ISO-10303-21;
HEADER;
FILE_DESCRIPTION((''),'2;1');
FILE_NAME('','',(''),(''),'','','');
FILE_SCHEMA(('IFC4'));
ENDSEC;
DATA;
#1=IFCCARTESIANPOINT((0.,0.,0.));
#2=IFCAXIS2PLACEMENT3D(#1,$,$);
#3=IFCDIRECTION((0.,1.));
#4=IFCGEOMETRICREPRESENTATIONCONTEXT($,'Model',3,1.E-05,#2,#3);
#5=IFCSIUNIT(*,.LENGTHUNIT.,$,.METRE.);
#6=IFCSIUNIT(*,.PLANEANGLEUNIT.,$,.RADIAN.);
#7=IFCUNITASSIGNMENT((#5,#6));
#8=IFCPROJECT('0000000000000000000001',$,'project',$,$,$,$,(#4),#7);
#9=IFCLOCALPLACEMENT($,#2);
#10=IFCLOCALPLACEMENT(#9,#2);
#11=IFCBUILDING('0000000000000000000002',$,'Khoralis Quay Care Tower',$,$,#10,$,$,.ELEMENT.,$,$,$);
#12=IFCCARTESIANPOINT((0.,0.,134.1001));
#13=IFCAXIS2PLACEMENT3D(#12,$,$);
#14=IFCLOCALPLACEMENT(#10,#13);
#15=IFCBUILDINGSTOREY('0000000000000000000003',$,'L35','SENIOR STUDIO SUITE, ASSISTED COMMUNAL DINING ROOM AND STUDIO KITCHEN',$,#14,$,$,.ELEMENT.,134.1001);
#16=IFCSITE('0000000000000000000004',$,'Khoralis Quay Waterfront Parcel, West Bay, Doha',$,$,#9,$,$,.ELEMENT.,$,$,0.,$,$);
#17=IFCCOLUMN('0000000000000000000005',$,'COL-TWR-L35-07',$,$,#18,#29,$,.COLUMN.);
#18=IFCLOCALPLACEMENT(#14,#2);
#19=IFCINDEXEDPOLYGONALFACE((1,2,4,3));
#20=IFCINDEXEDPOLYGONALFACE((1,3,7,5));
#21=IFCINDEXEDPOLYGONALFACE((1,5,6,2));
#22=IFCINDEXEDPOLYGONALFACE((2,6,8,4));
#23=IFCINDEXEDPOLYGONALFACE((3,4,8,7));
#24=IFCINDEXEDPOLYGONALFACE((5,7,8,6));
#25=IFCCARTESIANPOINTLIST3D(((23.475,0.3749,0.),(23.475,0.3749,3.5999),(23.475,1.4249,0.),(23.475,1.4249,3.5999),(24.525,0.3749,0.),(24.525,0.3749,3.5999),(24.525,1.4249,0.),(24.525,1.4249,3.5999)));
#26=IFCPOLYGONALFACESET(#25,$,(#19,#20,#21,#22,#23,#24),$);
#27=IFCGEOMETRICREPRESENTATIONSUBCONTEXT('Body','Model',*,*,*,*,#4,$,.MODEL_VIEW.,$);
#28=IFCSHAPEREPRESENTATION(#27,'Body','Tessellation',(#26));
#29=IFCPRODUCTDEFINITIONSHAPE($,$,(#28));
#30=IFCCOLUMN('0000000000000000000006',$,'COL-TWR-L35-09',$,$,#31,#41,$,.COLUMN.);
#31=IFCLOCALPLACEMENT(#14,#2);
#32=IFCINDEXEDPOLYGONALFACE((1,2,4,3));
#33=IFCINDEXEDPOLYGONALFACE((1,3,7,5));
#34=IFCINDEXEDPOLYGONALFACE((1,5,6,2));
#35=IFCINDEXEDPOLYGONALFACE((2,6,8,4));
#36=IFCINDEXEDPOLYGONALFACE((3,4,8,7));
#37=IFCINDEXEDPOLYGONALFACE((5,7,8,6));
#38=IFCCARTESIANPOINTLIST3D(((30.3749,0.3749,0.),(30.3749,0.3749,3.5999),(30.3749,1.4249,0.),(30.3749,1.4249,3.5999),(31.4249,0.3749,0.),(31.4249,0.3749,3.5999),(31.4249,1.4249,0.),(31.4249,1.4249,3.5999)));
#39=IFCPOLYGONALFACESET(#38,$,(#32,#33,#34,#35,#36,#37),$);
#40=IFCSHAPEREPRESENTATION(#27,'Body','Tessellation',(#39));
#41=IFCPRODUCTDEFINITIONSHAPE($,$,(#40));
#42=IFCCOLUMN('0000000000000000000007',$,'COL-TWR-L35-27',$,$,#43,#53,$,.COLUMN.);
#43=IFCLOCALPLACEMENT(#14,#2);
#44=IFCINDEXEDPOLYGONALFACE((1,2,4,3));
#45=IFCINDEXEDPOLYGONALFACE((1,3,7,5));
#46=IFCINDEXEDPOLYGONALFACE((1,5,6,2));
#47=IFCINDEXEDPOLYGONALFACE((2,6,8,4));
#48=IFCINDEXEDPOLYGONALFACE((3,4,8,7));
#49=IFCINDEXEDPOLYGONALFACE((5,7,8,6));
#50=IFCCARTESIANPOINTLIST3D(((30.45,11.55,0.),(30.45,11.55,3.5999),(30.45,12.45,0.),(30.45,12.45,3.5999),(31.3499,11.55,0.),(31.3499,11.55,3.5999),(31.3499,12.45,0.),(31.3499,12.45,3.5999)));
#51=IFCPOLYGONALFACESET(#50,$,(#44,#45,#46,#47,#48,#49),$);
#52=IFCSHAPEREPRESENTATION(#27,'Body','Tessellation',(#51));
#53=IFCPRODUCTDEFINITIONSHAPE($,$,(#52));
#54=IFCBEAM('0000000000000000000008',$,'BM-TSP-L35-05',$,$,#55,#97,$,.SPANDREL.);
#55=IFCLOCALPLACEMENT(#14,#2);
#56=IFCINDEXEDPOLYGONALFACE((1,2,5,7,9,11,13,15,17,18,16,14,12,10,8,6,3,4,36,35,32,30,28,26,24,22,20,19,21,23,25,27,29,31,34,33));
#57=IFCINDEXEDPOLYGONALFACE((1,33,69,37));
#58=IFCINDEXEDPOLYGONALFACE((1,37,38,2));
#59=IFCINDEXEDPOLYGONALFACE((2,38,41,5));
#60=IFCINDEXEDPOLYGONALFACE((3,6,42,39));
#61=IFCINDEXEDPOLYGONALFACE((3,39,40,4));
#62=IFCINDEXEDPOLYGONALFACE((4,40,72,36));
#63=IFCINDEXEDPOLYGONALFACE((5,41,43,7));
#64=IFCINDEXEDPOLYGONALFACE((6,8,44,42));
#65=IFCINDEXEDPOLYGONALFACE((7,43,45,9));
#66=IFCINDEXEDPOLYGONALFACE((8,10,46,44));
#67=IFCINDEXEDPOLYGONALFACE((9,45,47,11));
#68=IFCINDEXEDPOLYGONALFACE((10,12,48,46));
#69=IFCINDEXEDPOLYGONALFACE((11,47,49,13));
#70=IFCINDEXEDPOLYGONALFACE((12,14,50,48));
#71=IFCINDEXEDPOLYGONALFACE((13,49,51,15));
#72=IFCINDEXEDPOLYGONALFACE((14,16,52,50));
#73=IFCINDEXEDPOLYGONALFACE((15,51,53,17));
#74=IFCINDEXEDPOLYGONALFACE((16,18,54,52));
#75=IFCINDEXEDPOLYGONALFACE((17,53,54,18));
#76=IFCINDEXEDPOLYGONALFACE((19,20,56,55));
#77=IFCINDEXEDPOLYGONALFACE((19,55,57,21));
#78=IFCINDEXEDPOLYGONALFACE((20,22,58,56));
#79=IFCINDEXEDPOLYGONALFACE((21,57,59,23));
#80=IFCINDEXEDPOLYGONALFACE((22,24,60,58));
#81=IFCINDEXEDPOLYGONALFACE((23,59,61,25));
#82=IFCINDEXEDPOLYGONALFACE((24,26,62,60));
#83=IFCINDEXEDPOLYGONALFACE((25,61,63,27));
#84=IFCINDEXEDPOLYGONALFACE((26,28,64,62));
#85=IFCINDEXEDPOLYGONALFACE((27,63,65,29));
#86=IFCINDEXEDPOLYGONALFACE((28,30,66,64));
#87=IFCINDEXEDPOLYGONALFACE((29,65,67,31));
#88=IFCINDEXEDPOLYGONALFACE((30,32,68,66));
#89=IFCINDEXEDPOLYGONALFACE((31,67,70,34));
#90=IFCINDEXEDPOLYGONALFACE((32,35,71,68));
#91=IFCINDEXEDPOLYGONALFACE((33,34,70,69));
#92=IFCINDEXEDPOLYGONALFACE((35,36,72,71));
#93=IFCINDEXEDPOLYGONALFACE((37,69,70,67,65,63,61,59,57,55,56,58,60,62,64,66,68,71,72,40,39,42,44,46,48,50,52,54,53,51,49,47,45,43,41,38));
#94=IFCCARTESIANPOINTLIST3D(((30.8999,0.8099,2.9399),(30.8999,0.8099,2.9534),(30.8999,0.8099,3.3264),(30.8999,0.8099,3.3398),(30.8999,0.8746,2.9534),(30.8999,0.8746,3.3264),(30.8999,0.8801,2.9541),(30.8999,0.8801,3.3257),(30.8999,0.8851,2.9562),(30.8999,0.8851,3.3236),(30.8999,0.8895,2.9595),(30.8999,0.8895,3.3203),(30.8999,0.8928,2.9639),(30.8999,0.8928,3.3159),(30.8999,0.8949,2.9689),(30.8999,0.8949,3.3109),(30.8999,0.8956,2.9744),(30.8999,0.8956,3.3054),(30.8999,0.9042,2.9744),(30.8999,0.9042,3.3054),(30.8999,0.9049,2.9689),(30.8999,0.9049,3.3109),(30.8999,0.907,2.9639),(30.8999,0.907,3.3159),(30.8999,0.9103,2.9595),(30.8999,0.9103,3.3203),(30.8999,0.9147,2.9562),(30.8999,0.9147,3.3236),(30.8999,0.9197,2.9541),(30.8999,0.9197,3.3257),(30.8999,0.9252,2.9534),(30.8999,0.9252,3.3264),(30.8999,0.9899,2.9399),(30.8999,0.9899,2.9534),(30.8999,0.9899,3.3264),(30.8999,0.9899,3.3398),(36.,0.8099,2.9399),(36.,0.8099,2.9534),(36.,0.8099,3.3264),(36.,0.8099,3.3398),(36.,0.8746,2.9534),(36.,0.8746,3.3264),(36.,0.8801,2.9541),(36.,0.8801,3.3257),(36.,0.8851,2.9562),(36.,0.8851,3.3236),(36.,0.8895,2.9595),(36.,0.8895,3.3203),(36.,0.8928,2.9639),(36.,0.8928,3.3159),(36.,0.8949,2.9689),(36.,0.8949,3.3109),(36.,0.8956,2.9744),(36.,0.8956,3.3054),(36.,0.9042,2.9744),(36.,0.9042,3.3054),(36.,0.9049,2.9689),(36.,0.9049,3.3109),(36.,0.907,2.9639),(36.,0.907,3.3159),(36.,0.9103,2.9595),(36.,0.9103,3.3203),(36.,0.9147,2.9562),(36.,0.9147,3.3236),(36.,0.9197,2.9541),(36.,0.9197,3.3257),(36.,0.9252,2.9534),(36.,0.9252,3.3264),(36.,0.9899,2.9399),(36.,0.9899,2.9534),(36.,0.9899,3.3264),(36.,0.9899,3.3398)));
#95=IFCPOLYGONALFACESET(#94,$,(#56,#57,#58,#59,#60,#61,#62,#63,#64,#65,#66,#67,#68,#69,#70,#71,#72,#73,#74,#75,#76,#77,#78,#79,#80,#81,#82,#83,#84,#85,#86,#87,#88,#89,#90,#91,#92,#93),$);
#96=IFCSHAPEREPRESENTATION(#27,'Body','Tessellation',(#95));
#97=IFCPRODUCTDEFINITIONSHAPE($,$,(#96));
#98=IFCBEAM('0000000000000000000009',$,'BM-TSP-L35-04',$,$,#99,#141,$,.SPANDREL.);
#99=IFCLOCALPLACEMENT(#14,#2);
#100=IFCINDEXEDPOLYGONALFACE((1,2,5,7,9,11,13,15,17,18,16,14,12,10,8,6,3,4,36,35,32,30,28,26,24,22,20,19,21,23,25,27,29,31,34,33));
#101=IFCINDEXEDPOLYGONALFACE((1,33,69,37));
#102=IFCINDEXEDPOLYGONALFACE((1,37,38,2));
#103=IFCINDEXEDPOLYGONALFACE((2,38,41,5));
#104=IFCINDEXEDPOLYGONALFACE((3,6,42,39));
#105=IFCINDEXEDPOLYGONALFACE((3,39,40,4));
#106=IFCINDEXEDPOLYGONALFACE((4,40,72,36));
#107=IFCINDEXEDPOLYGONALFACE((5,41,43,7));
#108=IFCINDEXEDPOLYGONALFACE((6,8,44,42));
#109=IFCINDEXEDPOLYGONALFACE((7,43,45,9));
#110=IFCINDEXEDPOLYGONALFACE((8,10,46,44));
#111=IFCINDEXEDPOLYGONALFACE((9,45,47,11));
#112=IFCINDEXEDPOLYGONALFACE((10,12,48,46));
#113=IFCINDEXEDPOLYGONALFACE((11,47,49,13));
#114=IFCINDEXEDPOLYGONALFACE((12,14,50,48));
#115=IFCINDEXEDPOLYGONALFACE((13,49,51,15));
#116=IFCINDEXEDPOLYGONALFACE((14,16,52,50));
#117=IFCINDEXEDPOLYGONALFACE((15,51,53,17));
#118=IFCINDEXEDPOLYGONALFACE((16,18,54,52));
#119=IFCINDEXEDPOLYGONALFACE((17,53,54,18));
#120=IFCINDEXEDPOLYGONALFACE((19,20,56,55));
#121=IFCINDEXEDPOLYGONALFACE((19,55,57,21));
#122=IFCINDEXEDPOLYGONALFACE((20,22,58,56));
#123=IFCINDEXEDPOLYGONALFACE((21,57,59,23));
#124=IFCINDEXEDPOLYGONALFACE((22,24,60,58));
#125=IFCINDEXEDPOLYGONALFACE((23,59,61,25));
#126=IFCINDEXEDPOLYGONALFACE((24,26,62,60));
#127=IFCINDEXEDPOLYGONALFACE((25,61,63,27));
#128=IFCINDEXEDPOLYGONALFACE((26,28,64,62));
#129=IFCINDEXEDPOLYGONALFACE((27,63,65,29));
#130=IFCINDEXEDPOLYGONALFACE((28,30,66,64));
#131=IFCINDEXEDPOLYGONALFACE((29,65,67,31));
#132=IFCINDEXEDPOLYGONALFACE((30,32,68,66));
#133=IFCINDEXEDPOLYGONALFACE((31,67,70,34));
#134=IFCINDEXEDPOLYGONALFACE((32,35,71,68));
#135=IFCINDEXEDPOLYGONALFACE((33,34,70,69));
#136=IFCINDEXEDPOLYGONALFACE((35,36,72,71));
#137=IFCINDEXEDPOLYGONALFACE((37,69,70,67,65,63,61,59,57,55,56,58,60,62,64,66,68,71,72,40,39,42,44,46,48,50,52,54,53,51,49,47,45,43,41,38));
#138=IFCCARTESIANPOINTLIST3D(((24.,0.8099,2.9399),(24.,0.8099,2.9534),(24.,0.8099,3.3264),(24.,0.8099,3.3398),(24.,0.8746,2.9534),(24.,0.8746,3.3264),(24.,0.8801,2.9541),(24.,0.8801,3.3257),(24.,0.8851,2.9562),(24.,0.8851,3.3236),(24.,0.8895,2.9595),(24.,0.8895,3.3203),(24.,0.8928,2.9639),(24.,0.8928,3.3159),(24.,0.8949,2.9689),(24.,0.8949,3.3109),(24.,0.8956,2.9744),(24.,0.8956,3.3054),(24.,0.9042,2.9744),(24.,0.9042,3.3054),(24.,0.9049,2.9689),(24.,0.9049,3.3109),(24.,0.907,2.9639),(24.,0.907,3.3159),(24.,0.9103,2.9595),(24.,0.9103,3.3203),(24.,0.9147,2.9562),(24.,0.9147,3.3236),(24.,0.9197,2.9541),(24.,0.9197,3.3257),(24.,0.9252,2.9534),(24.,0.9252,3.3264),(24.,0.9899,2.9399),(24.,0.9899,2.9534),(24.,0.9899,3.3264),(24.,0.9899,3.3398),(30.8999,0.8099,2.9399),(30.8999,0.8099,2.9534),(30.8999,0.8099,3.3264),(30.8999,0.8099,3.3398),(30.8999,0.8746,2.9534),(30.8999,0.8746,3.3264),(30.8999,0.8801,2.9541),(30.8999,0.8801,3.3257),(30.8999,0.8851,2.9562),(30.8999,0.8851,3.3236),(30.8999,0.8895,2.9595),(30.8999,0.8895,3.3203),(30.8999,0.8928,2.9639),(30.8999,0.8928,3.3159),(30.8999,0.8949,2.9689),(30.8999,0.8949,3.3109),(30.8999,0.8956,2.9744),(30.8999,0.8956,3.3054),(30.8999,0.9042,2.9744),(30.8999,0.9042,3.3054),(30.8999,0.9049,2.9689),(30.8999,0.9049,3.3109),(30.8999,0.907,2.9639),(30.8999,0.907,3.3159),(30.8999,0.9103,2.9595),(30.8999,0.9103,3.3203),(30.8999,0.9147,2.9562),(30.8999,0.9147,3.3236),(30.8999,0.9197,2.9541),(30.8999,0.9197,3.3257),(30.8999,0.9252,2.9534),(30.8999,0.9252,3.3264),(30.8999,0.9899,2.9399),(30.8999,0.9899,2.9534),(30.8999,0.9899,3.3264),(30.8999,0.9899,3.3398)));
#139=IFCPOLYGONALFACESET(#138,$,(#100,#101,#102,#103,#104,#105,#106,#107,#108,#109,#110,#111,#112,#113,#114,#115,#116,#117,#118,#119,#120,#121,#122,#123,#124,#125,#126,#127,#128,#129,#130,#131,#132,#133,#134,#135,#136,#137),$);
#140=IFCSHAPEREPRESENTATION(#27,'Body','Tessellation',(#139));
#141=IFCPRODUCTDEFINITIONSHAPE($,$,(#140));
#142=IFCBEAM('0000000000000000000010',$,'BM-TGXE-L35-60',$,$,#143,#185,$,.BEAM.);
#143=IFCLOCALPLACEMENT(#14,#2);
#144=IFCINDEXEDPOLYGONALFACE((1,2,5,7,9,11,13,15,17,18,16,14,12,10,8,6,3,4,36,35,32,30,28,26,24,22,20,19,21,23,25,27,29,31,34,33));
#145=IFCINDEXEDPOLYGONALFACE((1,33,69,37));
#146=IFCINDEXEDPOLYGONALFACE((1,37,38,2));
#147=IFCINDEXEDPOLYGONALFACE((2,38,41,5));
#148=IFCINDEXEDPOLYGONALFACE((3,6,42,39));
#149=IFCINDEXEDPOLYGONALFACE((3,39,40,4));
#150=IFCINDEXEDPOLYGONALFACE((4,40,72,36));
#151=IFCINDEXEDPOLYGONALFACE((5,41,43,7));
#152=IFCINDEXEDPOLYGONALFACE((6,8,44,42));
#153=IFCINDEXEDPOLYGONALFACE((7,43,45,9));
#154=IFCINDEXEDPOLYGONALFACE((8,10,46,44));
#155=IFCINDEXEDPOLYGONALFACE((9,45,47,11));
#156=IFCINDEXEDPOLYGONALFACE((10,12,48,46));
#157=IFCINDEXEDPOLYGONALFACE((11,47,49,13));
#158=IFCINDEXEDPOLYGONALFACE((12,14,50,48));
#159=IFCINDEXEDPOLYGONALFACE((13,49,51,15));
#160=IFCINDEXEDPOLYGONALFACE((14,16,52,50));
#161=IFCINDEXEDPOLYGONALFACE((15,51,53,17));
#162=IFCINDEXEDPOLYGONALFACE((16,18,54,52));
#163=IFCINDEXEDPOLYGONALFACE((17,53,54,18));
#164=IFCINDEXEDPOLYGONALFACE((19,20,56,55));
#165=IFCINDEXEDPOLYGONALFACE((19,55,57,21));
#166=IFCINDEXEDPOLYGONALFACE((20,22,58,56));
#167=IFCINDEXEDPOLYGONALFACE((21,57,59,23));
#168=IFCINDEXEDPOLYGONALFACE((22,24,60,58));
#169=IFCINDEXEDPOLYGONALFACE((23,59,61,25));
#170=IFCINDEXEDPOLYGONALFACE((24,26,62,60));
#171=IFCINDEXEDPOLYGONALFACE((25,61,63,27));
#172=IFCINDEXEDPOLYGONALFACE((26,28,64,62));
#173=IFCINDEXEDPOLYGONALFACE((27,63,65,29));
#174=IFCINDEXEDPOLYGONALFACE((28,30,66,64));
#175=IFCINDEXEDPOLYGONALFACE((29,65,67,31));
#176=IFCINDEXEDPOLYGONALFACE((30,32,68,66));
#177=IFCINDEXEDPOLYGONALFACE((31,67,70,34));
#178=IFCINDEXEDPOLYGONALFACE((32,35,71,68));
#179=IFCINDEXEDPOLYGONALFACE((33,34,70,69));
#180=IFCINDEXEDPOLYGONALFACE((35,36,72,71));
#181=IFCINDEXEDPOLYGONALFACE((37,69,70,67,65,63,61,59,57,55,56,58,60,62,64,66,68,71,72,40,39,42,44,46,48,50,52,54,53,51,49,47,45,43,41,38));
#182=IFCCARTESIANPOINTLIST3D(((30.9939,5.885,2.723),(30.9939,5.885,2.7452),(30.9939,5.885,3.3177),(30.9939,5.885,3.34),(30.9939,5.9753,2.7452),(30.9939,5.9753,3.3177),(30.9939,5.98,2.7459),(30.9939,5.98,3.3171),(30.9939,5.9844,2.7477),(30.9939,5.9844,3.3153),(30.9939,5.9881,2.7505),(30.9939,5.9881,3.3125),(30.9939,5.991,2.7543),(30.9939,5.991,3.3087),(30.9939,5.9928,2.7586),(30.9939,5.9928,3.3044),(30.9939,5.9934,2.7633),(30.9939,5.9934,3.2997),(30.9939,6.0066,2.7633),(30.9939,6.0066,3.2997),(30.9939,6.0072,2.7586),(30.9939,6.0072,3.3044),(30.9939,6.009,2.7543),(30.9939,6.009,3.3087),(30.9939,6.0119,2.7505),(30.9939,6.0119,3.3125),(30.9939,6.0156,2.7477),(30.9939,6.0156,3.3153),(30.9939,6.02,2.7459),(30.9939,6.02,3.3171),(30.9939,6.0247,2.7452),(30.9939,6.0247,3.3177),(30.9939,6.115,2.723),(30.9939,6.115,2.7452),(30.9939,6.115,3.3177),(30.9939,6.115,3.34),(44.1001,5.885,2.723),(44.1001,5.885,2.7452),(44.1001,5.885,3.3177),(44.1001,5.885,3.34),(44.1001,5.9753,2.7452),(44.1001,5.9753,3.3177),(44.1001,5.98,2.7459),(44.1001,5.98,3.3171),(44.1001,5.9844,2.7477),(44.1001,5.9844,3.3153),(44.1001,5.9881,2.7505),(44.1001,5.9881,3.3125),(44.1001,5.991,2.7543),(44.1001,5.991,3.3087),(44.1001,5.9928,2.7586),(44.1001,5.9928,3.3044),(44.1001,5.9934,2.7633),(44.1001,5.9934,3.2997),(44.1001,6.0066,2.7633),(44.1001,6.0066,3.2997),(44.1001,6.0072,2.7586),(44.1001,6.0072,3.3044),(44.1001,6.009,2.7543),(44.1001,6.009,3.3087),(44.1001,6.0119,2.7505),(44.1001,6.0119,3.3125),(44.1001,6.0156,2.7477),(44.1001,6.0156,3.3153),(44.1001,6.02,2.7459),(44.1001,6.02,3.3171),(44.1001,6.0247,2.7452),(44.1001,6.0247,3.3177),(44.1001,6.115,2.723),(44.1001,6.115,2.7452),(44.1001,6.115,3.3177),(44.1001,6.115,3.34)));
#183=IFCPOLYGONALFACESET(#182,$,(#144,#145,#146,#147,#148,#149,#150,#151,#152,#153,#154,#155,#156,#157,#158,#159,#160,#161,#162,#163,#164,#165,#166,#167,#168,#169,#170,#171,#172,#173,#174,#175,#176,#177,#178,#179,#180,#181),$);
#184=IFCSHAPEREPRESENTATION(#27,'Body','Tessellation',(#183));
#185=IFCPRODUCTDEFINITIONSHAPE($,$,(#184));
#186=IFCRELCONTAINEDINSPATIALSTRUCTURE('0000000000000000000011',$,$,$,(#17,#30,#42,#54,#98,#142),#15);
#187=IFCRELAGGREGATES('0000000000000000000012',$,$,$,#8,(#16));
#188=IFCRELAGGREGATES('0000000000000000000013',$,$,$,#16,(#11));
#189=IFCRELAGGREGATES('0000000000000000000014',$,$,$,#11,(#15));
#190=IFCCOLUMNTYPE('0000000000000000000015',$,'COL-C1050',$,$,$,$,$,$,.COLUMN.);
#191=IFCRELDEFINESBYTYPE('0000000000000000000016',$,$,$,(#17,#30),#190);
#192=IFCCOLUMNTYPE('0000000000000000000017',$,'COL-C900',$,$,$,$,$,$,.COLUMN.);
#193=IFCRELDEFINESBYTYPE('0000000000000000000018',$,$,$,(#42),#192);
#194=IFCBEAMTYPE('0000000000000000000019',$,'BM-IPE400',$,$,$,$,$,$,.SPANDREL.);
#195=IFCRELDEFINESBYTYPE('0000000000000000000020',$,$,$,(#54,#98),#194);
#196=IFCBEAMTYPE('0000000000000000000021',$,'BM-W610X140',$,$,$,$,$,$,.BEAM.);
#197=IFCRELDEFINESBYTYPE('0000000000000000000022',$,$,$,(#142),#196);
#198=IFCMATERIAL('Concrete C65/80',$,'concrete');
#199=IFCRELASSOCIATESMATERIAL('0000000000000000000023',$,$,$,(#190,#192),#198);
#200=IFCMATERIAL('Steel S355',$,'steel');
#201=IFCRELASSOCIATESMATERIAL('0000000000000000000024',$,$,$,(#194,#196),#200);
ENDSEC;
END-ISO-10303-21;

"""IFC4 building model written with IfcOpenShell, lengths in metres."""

from ifc_helpers import new_model, si_unit, direction, frame, origin, origin_2d, place, context, subcontext, project, spatial, rectangle, i_section, extrude, source, transform, mapped, material, material_profile, profile_set, type_object, element, save


model = new_model("IFC4")

# Units and contexts
model_context = context("Model", 3, precision=1e-05, world=origin(), true_north=direction((0.0, 1.0)))
body_context = subcontext(model_context, "Body", "Model", "MODEL_VIEW")
ifc_project = project(units=[si_unit("LENGTHUNIT", "METRE"), si_unit("PLANEANGLEUNIT", "RADIAN")], contexts=[model_context])

# Site, building, storey
site_placement = place(None, origin())
site = spatial("IfcSite", under=ifc_project, at=site_placement, Name="Khoralis Quay Waterfront Parcel, West Bay, Doha", CompositionType="ELEMENT", RefElevation=0.0)
building_placement = place(site_placement, origin())
building = spatial("IfcBuilding", under=site, at=building_placement, Name="Khoralis Quay Care Tower", CompositionType="ELEMENT")
storey_placement = place(building_placement, frame((0.0, 0.0, 134.1001)))
storey = spatial("IfcBuildingStorey", under=building, at=storey_placement, Name="L35", Description="SENIOR STUDIO SUITE, ASSISTED COMMUNAL DINING ROOM AND STUDIO KITCHEN", CompositionType="ELEMENT", Elevation=134.1001)

# Columns
ifc_material_1 = material(Name="Concrete C65/80", Category="concrete")
ifc_material_profile_1 = material_profile(ifc_material_1, rectangle(XDim=1.05, YDim=1.05, at=origin_2d()), Name="Concrete C65/80")
ifc_profile_set_1 = profile_set([ifc_material_profile_1], Name="Concrete C65/80")
column_type_1 = type_object("IfcColumnType", Name="COL-C1050", PredefinedType="COLUMN", material=ifc_profile_set_1)
shared_shape_1 = source(origin(), body_context, "Body", "SweptSolid", [
    extrude(rectangle(XDim=1.05, YDim=1.05, at=origin_2d()), origin(), (0.0, 0.0, 1.0), 3.5999),
])
for number, where, z_axis, x_axis, name in (
    (1, (24.0, 0.8999, 0.0), (0.0, 0.0, 1.0), (1.0, 0.0, 0.0), "COL-TWR-L35-07"),
    (2, (30.8999, 0.8999, 0.0), (0.0, 0.0, 1.0), (1.0, 0.0, 0.0), "COL-TWR-L35-09"),
):
    element("IfcColumn", number, at=place(storey_placement, frame(where, z_axis=z_axis, x_axis=x_axis)), inside=storey, type_object=column_type_1, Name=name, PredefinedType="COLUMN", context=body_context, shape_type="MappedRepresentation", body=[
        mapped(shared_shape_1, transform((0.0, 0.0, 0.0), scale=1.0)),
    ])
ifc_material_profile_2 = material_profile(ifc_material_1, rectangle(XDim=0.8999, YDim=0.8999, at=origin_2d()), Name="Concrete C65/80")
ifc_profile_set_2 = profile_set([ifc_material_profile_2], Name="Concrete C65/80")
column_type_2 = type_object("IfcColumnType", Name="COL-C900", PredefinedType="COLUMN", material=ifc_profile_set_2)
shared_shape_2 = source(origin(), body_context, "Body", "SweptSolid", [
    extrude(rectangle(XDim=0.8999, YDim=0.8999, at=origin_2d()), origin(), (0.0, 0.0, 1.0), 3.5999),
])
column_placement = place(storey_placement, frame((30.8999, 12.0, 0.0), z_axis=(0.0, 0.0, 1.0), x_axis=(1.0, 0.0, 0.0)))
element("IfcColumn", 3, at=column_placement, inside=storey, type_object=column_type_2, Name="COL-TWR-L35-27", PredefinedType="COLUMN", context=body_context, shape_type="MappedRepresentation", body=[
    mapped(shared_shape_2, transform((0.0, 0.0, 0.0), scale=1.0)),
])

# Beams
ifc_material_2 = material(Name="Steel S355", Category="steel")
ifc_material_profile_3 = material_profile(ifc_material_2, i_section(OverallWidth=0.1799, OverallDepth=0.3999, WebThickness=0.0085, FlangeThickness=0.0134, FilletRadius=0.021, at=origin_2d()), Name="Steel S355")
ifc_profile_set_3 = profile_set([ifc_material_profile_3], Name="Steel S355")
beam_type_1 = type_object("IfcBeamType", Name="BM-IPE400", PredefinedType="SPANDREL", material=ifc_profile_set_3)
shared_shape_3 = source(origin(), body_context, "Body", "SweptSolid", [
    extrude(i_section(OverallWidth=0.1799, OverallDepth=0.3999, WebThickness=0.0085, FlangeThickness=0.0134, FilletRadius=0.021, at=origin_2d()), origin(), (0.0, 0.0, 1.0), 5.1001),
])
beam_1_placement = place(storey_placement, frame((30.8999, 0.8999, 3.1399), z_axis=(1.0, 0.0, 0.0), x_axis=(0.0, 1.0, 0.0)))
element("IfcBeam", 4, at=beam_1_placement, inside=storey, type_object=beam_type_1, Name="BM-TSP-L35-05", PredefinedType="SPANDREL", context=body_context, shape_type="MappedRepresentation", body=[
    mapped(shared_shape_3, transform((0.0, 0.0, 0.0), scale=1.0)),
])
shared_shape_4 = source(origin(), body_context, "Body", "SweptSolid", [
    extrude(i_section(OverallWidth=0.1799, OverallDepth=0.3999, WebThickness=0.0085, FlangeThickness=0.0134, FilletRadius=0.021, at=origin_2d()), origin(), (0.0, 0.0, 1.0), 6.8999),
])
beam_2_placement = place(storey_placement, frame((24.0, 0.8999, 3.1399), z_axis=(1.0, 0.0, 0.0), x_axis=(0.0, 1.0, 0.0)))
element("IfcBeam", 5, at=beam_2_placement, inside=storey, type_object=beam_type_1, Name="BM-TSP-L35-04", PredefinedType="SPANDREL", context=body_context, shape_type="MappedRepresentation", body=[
    mapped(shared_shape_4, transform((0.0, 0.0, 0.0), scale=1.0)),
])
ifc_material_profile_4 = material_profile(ifc_material_2, i_section(OverallWidth=0.23, OverallDepth=0.6169, WebThickness=0.0132, FlangeThickness=0.0222, FilletRadius=0.0181, at=origin_2d()), Name="Steel S355")
ifc_profile_set_4 = profile_set([ifc_material_profile_4], Name="Steel S355")
beam_type_2 = type_object("IfcBeamType", Name="BM-W610X140", PredefinedType="BEAM", material=ifc_profile_set_4)
shared_shape_5 = source(origin(), body_context, "Body", "SweptSolid", [
    extrude(i_section(OverallWidth=0.23, OverallDepth=0.6169, WebThickness=0.0132, FlangeThickness=0.0222, FilletRadius=0.0181, at=origin_2d()), origin(), (0.0, 0.0, 1.0), 13.1062),
])
beam_3_placement = place(storey_placement, frame((30.9939, 6.0, 3.0315), z_axis=(1.0, 0.0, 0.0), x_axis=(0.0, 1.0, 0.0)))
element("IfcBeam", 6, at=beam_3_placement, inside=storey, type_object=beam_type_2, Name="BM-TGXE-L35-60", PredefinedType="BEAM", context=body_context, shape_type="MappedRepresentation", body=[
    mapped(shared_shape_5, transform((0.0, 0.0, 0.0), scale=1.0)),
])

save(model, "model.ifc")
